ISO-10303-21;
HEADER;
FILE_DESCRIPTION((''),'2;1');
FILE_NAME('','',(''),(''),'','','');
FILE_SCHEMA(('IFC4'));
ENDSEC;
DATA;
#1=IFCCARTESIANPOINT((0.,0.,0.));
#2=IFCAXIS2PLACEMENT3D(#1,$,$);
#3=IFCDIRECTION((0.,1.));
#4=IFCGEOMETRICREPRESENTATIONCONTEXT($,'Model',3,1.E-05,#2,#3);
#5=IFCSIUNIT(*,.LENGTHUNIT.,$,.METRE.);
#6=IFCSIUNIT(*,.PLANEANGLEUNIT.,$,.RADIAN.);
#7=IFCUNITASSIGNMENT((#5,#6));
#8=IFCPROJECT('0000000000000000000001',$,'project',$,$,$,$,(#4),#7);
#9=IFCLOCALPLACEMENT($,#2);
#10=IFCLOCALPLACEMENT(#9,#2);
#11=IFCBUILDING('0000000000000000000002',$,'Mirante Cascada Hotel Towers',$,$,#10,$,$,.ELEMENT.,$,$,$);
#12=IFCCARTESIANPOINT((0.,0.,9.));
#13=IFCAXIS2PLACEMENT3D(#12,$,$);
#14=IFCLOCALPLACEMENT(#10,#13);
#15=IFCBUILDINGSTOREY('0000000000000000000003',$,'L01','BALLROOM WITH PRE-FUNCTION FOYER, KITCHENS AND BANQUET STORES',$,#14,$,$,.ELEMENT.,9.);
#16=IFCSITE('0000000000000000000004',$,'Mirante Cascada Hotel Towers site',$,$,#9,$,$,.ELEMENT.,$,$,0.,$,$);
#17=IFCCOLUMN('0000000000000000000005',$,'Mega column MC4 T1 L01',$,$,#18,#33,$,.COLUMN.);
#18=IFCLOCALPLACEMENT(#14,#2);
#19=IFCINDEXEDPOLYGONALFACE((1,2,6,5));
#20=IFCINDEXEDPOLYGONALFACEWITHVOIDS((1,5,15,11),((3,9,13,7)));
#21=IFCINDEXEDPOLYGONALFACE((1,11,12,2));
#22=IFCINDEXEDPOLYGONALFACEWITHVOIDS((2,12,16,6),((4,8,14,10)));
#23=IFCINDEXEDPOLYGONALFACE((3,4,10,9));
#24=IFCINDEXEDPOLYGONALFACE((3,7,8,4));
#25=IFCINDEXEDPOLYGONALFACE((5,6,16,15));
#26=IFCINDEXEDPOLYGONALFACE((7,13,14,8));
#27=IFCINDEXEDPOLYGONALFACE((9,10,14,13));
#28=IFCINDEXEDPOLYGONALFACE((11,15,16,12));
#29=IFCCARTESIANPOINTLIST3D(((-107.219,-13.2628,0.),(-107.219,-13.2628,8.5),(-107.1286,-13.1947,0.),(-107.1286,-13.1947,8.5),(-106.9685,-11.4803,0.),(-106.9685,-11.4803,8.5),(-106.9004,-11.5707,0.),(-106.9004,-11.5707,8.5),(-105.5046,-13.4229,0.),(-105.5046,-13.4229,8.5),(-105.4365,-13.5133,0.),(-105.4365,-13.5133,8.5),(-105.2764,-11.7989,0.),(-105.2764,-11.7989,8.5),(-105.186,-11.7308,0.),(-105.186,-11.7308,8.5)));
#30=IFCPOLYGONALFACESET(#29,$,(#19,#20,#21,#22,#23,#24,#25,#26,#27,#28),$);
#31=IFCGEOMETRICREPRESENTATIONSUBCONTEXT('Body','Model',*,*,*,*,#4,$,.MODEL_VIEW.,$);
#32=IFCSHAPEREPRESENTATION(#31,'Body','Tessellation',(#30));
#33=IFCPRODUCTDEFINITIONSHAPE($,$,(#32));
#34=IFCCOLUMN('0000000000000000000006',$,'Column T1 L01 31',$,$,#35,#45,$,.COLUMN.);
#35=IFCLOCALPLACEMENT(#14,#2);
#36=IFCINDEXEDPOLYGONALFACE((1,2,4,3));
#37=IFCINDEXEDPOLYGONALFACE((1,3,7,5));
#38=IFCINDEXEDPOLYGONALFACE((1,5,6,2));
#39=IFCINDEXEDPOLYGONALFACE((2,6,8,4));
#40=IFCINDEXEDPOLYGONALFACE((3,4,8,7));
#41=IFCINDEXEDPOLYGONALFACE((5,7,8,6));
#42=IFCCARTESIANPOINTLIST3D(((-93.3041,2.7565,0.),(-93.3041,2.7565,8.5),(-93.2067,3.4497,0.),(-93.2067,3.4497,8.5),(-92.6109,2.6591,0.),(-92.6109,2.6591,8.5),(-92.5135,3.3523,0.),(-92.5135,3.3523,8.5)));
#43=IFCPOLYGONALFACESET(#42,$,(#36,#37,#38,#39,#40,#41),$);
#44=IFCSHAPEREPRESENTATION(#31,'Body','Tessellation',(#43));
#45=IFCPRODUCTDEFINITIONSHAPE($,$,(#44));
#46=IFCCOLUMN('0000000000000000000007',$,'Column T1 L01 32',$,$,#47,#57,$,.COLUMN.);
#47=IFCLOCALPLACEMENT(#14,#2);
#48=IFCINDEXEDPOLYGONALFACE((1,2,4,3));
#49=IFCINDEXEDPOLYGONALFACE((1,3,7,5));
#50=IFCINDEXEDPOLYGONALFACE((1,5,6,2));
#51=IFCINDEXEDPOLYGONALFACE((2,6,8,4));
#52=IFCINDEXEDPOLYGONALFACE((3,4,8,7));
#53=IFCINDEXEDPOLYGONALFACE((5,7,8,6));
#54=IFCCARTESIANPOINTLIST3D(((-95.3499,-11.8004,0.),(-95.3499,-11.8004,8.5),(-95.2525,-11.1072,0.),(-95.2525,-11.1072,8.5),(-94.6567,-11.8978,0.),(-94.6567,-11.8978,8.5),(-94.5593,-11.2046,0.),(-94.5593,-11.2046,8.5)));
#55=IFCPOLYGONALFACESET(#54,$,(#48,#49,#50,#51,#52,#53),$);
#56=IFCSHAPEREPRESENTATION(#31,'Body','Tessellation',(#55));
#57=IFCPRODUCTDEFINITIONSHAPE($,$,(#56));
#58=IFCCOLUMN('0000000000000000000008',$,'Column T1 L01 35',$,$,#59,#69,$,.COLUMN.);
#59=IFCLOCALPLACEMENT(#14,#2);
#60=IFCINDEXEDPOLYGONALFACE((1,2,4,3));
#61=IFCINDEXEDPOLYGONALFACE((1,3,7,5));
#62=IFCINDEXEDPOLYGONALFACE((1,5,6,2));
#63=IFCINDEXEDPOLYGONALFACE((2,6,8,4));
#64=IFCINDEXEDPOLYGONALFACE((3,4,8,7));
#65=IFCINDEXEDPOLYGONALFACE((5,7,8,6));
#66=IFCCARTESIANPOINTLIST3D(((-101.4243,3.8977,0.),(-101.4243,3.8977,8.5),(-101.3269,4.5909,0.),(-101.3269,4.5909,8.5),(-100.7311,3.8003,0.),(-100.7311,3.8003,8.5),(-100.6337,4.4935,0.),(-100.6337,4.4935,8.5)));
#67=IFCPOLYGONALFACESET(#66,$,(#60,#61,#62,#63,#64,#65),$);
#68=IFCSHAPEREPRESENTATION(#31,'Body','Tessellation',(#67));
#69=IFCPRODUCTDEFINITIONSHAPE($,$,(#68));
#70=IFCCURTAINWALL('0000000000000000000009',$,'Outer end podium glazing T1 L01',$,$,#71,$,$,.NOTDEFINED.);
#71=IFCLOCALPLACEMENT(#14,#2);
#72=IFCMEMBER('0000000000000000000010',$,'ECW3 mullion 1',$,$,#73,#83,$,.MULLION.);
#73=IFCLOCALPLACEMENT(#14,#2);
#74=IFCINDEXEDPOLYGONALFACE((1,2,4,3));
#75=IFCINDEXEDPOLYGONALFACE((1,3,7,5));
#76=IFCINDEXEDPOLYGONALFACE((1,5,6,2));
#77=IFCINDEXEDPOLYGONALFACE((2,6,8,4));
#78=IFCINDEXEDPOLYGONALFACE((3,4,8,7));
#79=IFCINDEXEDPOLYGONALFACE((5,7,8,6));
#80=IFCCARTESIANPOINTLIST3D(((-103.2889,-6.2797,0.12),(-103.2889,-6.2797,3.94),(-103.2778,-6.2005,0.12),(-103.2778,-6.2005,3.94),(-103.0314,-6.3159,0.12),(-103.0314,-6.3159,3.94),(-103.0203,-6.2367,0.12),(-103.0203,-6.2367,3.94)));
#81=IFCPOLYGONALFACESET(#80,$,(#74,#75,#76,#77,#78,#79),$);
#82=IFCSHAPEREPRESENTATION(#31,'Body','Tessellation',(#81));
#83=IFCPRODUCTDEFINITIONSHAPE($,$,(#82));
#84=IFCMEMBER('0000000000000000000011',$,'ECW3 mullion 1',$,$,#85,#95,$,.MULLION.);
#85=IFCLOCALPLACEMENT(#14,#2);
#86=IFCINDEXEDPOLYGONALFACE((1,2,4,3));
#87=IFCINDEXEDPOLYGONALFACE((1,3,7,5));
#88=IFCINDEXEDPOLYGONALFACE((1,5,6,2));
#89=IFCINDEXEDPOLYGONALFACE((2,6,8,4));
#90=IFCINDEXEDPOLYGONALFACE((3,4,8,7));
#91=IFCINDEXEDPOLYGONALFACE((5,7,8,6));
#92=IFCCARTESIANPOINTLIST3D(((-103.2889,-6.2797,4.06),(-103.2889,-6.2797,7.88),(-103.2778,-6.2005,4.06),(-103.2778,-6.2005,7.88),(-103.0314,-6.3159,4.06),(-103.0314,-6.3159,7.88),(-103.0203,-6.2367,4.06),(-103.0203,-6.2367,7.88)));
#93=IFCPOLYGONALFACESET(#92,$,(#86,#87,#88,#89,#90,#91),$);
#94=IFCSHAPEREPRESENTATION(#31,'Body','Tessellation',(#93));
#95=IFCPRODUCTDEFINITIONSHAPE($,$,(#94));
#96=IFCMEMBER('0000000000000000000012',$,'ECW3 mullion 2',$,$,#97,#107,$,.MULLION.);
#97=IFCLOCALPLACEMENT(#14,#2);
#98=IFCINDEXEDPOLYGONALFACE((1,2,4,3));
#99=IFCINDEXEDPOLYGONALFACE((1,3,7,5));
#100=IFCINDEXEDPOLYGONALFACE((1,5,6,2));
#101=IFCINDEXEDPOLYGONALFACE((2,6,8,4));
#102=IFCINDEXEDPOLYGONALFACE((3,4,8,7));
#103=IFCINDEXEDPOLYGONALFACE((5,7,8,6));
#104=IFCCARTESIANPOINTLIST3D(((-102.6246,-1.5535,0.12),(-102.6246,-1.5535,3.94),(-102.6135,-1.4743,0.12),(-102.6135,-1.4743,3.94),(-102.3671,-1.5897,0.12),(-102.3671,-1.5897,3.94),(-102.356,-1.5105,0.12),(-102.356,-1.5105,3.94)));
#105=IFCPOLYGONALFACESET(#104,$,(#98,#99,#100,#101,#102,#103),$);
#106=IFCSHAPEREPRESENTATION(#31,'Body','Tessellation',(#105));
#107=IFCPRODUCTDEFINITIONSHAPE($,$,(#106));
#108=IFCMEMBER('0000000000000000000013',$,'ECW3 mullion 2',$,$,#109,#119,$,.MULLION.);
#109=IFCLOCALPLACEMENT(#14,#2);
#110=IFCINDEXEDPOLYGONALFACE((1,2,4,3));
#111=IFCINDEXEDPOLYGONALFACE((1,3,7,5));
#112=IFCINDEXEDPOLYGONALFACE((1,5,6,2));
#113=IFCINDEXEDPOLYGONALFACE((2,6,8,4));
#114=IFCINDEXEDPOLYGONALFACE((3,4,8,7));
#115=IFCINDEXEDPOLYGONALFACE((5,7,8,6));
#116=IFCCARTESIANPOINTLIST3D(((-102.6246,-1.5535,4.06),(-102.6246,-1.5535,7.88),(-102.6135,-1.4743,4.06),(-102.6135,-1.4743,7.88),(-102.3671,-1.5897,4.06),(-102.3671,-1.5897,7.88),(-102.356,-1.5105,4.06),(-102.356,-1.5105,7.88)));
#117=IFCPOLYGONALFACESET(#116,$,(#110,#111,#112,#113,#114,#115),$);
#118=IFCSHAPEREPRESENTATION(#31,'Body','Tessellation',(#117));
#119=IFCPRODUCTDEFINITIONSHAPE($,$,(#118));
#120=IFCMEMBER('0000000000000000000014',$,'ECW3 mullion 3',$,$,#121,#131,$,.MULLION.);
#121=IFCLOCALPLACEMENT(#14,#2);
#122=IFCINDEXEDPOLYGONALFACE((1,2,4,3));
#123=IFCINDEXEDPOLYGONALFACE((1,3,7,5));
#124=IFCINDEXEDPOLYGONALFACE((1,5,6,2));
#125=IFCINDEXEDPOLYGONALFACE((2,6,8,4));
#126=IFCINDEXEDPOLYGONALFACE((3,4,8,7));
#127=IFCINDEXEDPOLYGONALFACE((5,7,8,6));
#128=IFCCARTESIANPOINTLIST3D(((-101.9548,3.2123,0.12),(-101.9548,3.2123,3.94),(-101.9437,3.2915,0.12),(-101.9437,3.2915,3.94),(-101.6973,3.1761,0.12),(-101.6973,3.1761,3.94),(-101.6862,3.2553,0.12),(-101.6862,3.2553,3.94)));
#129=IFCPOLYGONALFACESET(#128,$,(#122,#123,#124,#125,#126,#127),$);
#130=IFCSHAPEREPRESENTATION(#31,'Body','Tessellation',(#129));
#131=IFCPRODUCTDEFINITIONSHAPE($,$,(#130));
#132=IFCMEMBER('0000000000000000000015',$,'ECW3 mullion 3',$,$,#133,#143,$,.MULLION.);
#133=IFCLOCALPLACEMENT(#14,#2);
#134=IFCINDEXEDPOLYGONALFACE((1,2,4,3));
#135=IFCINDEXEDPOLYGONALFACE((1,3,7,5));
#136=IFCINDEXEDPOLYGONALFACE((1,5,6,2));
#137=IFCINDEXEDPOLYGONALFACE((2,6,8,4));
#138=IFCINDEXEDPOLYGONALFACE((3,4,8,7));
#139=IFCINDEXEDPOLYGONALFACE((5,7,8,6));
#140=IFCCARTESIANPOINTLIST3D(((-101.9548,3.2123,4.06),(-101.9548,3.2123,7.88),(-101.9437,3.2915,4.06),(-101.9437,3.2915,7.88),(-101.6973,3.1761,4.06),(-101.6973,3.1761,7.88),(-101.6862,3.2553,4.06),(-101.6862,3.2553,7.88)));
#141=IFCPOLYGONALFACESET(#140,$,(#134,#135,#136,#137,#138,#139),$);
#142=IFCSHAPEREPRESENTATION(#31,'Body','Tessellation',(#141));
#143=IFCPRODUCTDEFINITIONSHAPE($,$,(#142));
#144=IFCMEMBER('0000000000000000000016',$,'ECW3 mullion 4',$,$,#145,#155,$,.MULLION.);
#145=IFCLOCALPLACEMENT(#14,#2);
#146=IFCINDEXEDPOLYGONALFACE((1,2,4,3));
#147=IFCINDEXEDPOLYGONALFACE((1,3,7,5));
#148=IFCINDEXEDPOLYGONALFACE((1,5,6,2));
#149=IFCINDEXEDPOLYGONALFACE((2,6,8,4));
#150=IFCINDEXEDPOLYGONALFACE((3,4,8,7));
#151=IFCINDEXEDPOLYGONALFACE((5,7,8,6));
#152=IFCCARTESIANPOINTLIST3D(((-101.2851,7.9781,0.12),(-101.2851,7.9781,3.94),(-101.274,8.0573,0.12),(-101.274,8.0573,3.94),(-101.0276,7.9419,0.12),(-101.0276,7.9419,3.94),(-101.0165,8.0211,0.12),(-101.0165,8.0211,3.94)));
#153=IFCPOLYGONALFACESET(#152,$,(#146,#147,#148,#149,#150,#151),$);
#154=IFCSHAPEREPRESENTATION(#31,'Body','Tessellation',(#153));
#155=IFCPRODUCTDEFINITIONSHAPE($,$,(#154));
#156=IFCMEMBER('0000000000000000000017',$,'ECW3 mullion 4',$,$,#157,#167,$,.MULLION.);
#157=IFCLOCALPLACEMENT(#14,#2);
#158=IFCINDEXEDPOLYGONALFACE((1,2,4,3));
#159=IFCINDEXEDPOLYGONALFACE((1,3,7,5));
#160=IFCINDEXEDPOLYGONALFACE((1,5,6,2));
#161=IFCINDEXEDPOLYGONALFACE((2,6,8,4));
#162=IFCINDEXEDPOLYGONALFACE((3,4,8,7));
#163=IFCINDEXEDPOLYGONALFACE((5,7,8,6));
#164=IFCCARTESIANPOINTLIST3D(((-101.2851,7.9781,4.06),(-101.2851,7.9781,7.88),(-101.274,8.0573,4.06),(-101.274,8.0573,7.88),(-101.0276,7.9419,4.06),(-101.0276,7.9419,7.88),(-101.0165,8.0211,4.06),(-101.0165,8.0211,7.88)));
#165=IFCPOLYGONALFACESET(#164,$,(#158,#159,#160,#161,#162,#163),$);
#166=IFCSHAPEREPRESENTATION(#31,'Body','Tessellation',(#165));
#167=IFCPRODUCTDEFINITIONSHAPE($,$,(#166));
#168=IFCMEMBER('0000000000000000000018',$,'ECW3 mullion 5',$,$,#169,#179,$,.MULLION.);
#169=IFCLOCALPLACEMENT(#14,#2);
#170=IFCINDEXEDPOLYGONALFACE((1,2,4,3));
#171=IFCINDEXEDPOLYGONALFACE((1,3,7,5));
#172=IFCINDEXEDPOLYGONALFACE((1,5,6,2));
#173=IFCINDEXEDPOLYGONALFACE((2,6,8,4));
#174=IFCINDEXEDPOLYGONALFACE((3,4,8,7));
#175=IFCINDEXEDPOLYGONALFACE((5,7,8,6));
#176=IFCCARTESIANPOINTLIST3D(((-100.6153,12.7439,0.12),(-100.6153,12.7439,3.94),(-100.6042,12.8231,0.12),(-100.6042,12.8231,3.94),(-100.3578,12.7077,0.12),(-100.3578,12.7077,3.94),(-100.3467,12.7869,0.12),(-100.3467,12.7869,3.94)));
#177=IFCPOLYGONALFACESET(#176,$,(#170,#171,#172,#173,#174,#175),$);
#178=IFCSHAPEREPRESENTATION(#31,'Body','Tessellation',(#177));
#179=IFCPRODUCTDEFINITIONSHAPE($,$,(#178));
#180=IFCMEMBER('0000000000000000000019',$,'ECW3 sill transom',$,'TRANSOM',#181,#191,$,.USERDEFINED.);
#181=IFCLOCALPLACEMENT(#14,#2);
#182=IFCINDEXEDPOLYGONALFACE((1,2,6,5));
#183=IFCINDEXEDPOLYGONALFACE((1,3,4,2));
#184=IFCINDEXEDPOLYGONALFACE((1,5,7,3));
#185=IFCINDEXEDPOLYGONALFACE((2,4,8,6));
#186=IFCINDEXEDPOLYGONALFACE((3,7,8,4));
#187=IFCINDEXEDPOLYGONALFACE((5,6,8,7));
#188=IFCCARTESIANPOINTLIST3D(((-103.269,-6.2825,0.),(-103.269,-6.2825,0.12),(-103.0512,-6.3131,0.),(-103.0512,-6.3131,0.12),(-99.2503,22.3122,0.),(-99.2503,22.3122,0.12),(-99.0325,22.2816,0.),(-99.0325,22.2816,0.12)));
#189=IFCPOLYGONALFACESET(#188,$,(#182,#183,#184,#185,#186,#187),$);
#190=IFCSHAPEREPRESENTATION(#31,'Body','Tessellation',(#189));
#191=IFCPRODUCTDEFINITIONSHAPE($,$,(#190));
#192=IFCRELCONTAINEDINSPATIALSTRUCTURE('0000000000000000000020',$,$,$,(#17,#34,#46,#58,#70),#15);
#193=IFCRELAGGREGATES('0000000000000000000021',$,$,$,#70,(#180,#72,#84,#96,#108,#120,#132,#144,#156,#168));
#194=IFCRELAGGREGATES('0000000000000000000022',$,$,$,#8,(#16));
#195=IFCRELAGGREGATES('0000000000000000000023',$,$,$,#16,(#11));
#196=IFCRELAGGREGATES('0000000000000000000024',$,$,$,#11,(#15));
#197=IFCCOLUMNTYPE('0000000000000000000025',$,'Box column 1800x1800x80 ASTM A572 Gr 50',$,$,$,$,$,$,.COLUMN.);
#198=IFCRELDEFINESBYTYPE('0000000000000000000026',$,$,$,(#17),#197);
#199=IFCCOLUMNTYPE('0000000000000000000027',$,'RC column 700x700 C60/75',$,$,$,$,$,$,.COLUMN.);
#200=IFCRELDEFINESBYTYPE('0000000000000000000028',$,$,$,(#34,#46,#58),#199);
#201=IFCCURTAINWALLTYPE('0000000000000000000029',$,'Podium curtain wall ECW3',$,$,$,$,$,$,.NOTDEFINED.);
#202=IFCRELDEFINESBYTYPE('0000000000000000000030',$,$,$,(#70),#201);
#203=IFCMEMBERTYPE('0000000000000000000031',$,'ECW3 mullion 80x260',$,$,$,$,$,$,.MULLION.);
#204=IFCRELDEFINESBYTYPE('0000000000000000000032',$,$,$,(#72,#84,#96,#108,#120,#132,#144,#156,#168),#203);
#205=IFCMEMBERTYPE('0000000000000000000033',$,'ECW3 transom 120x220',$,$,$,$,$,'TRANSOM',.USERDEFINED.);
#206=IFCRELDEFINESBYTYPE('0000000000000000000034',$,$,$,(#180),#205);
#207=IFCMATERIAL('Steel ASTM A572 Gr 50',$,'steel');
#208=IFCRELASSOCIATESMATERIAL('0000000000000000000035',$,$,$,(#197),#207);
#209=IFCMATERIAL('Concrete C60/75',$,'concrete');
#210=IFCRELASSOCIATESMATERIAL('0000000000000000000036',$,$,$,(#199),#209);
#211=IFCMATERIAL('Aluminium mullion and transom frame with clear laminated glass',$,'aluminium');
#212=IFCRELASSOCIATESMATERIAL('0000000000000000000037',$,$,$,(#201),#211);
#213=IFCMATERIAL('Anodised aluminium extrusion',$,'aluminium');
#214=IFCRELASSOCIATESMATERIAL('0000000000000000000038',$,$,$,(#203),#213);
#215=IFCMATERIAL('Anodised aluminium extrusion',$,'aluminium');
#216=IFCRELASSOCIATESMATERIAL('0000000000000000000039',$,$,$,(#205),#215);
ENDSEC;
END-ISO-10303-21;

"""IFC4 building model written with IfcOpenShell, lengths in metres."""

from ifc_helpers import new_model, si_unit, direction, frame, origin, origin_2d, place, context, subcontext, project, spatial, rectangle, hollow_rectangle, extrude, material, material_profile, profile_set, type_object, element, aggregate, save


model = new_model("IFC4")

# Units and contexts
model_context = context("Model", 3, precision=1e-05, world=origin(), true_north=direction((0.0, 1.0)))
body_context = subcontext(model_context, "Body", "Model", "MODEL_VIEW")
ifc_project = project(units=[si_unit("LENGTHUNIT", "METRE"), si_unit("PLANEANGLEUNIT", "RADIAN")], contexts=[model_context])

# Site, building, storey
site_placement = place(None, origin())
site = spatial("IfcSite", under=ifc_project, at=site_placement, Name="Mirante Cascada Hotel Towers site", CompositionType="ELEMENT", RefElevation=0.0)
building_placement = place(site_placement, origin())
building = spatial("IfcBuilding", under=site, at=building_placement, Name="Mirante Cascada Hotel Towers", CompositionType="ELEMENT")
storey_placement = place(building_placement, frame((0.0, 0.0, 9.0)))
storey = spatial("IfcBuildingStorey", under=building, at=storey_placement, Name="L01", Description="BALLROOM WITH PRE-FUNCTION FOYER, KITCHENS AND BANQUET STORES", CompositionType="ELEMENT", Elevation=9.0)

# Columns
ifc_material_1 = material(Name="Steel ASTM A572 Gr 50", Category="steel")
ifc_material_profile_1 = material_profile(ifc_material_1, hollow_rectangle(XDim=1.8, YDim=1.8, WallThickness=0.08, at=origin_2d()), Name="Box column 1800x1800x80 ASTM A572 Gr 50")
ifc_profile_set_1 = profile_set([ifc_material_profile_1], Name="Steel ASTM A572 Gr 50")
column_type_1 = type_object("IfcColumnType", Name="Box column 1800x1800x80 ASTM A572 Gr 50", PredefinedType="COLUMN", material=ifc_profile_set_1)
column_placement = place(storey_placement, frame((-106.2025, -12.4968, 0.0), z_axis=(0.0, 0.0, 1.0), x_axis=(-0.990268, 0.139173, 0.0)))
element("IfcColumn", 1, at=column_placement, inside=storey, type_object=column_type_1, Name="Mega column MC4 T1 L01", PredefinedType="COLUMN", context=body_context, shape_type="SweptSolid", body=[
    extrude(hollow_rectangle(XDim=1.8, YDim=1.8, WallThickness=0.08, at=origin_2d()), origin(), (0.0, 0.0, 1.0), 8.5),
])
ifc_material_2 = material(Name="Concrete C60/75", Category="concrete")
ifc_material_profile_2 = material_profile(ifc_material_2, rectangle(XDim=0.7, YDim=0.7, at=origin_2d()), Name="RC column 700x700 C60/75")
ifc_profile_set_2 = profile_set([ifc_material_profile_2], Name="Concrete C60/75")
column_type_2 = type_object("IfcColumnType", Name="RC column 700x700 C60/75", PredefinedType="COLUMN", material=ifc_profile_set_2)
for number, where, z_axis, x_axis, name in (
    (2, (-92.9088, 3.0544, 0.0), (0.0, 0.0, 1.0), (-0.990268, 0.139173, 0.0), "Column T1 L01 31"),
    (3, (-94.9546, -11.5025, 0.0), (0.0, 0.0, 1.0), (-0.990268, 0.139173, 0.0), "Column T1 L01 32"),
    (4, (-101.029, 4.1956, 0.0), (0.0, 0.0, 1.0), (-0.990268, 0.139173, 0.0), "Column T1 L01 35"),
):
    element("IfcColumn", number, at=place(storey_placement, frame(where, z_axis=z_axis, x_axis=x_axis)), inside=storey, type_object=column_type_2, Name=name, PredefinedType="COLUMN", context=body_context, shape_type="SweptSolid", body=[
        extrude(rectangle(XDim=0.7, YDim=0.7, at=origin_2d()), origin(), (0.0, 0.0, 1.0), 8.5),
    ])

# Curtain wall, members
ifc_material_3 = material(Name="Aluminium mullion and transom frame with clear laminated glass", Category="aluminium")
curtain_wall_type = type_object("IfcCurtainWallType", Name="Podium curtain wall ECW3", PredefinedType="NOTDEFINED", material=ifc_material_3)
curtain_wall_placement = place(storey_placement, origin())
curtain_wall = element("IfcCurtainWall", 5, at=curtain_wall_placement, inside=storey, type_object=curtain_wall_type, Name="Outer end podium glazing T1 L01", PredefinedType="NOTDEFINED")
ifc_material_4 = material(Name="Anodised aluminium extrusion", Category="aluminium")
ifc_material_profile_3 = material_profile(ifc_material_4, rectangle(XDim=0.26, YDim=0.08, at=origin_2d()), Name="ECW3 MULLION 80x260")
ifc_profile_set_3 = profile_set([ifc_material_profile_3], Name="Anodised aluminium extrusion")
member_type_1 = type_object("IfcMemberType", Name="ECW3 mullion 80x260", PredefinedType="MULLION", material=ifc_profile_set_3)
member_1_placement = place(storey_placement, frame((-103.1546, -6.2582, 0.12), z_axis=(0.0, 0.0, 1.0), x_axis=(-0.990268, 0.139173, 0.0)))
member_1 = element("IfcMember", 6, at=member_1_placement, type_object=member_type_1, Name="ECW3 mullion 1", PredefinedType="MULLION", context=body_context, shape_type="SweptSolid", body=[
    extrude(rectangle(XDim=0.26, YDim=0.08, at=origin_2d()), origin(), (0.0, 0.0, 1.0), 3.82),
])
member_2_placement = place(storey_placement, frame((-103.1546, -6.2582, 4.06), z_axis=(0.0, 0.0, 1.0), x_axis=(-0.990268, 0.139173, 0.0)))
member_2 = element("IfcMember", 7, at=member_2_placement, type_object=member_type_1, Name="ECW3 mullion 1", PredefinedType="MULLION", context=body_context, shape_type="SweptSolid", body=[
    extrude(rectangle(XDim=0.26, YDim=0.08, at=origin_2d()), origin(), (0.0, 0.0, 1.0), 3.82),
])
member_3_placement = place(storey_placement, frame((-102.4903, -1.532, 0.12), z_axis=(0.0, 0.0, 1.0), x_axis=(-0.990268, 0.139173, 0.0)))
member_3 = element("IfcMember", 8, at=member_3_placement, type_object=member_type_1, Name="ECW3 mullion 2", PredefinedType="MULLION", context=body_context, shape_type="SweptSolid", body=[
    extrude(rectangle(XDim=0.26, YDim=0.08, at=origin_2d()), origin(), (0.0, 0.0, 1.0), 3.82),
])
member_4_placement = place(storey_placement, frame((-102.4903, -1.532, 4.06), z_axis=(0.0, 0.0, 1.0), x_axis=(-0.990268, 0.139173, 0.0)))
member_4 = element("IfcMember", 9, at=member_4_placement, type_object=member_type_1, Name="ECW3 mullion 2", PredefinedType="MULLION", context=body_context, shape_type="SweptSolid", body=[
    extrude(rectangle(XDim=0.26, YDim=0.08, at=origin_2d()), origin(), (0.0, 0.0, 1.0), 3.82),
])
member_5_placement = place(storey_placement, frame((-101.8205, 3.2338, 0.12), z_axis=(0.0, 0.0, 1.0), x_axis=(-0.990268, 0.139173, 0.0)))
member_5 = element("IfcMember", 10, at=member_5_placement, type_object=member_type_1, Name="ECW3 mullion 3", PredefinedType="MULLION", context=body_context, shape_type="SweptSolid", body=[
    extrude(rectangle(XDim=0.26, YDim=0.08, at=origin_2d()), origin(), (0.0, 0.0, 1.0), 3.82),
])
member_6_placement = place(storey_placement, frame((-101.8205, 3.2338, 4.06), z_axis=(0.0, 0.0, 1.0), x_axis=(-0.990268, 0.139173, 0.0)))
member_6 = element("IfcMember", 11, at=member_6_placement, type_object=member_type_1, Name="ECW3 mullion 3", PredefinedType="MULLION", context=body_context, shape_type="SweptSolid", body=[
    extrude(rectangle(XDim=0.26, YDim=0.08, at=origin_2d()), origin(), (0.0, 0.0, 1.0), 3.82),
])
member_7_placement = place(storey_placement, frame((-101.1508, 7.9996, 0.12), z_axis=(0.0, 0.0, 1.0), x_axis=(-0.990268, 0.139173, 0.0)))
member_7 = element("IfcMember", 12, at=member_7_placement, type_object=member_type_1, Name="ECW3 mullion 4", PredefinedType="MULLION", context=body_context, shape_type="SweptSolid", body=[
    extrude(rectangle(XDim=0.26, YDim=0.08, at=origin_2d()), origin(), (0.0, 0.0, 1.0), 3.82),
])
member_8_placement = place(storey_placement, frame((-101.1508, 7.9996, 4.06), z_axis=(0.0, 0.0, 1.0), x_axis=(-0.990268, 0.139173, 0.0)))
member_8 = element("IfcMember", 13, at=member_8_placement, type_object=member_type_1, Name="ECW3 mullion 4", PredefinedType="MULLION", context=body_context, shape_type="SweptSolid", body=[
    extrude(rectangle(XDim=0.26, YDim=0.08, at=origin_2d()), origin(), (0.0, 0.0, 1.0), 3.82),
])
member_9_placement = place(storey_placement, frame((-100.481, 12.7654, 0.12), z_axis=(0.0, 0.0, 1.0), x_axis=(-0.990268, 0.139173, 0.0)))
member_9 = element("IfcMember", 14, at=member_9_placement, type_object=member_type_1, Name="ECW3 mullion 5", PredefinedType="MULLION", context=body_context, shape_type="SweptSolid", body=[
    extrude(rectangle(XDim=0.26, YDim=0.08, at=origin_2d()), origin(), (0.0, 0.0, 1.0), 3.82),
])
ifc_material_5 = material(Name="Anodised aluminium extrusion", Category="aluminium")
ifc_material_profile_4 = material_profile(ifc_material_5, rectangle(XDim=0.22, YDim=0.12, at=origin_2d()), Name="ECW3 TRANSOM 120x220")
ifc_profile_set_4 = profile_set([ifc_material_profile_4], Name="Anodised aluminium extrusion")
member_type_2 = type_object("IfcMemberType", Name="ECW3 transom 120x220", ElementType="TRANSOM", PredefinedType="USERDEFINED", material=ifc_profile_set_4)
member_10_placement = place(storey_placement, frame((-103.1601, -6.2978, 0.06), z_axis=(0.139172, 0.990268, 0.0), x_axis=(-0.990268, 0.139172, 0.0)))
member_10 = element("IfcMember", 15, at=member_10_placement, type_object=member_type_2, Name="ECW3 sill transom", ObjectType="TRANSOM", PredefinedType="USERDEFINED", context=body_context, shape_type="SweptSolid", body=[
    extrude(rectangle(XDim=0.22, YDim=0.12, at=origin_2d()), origin(), (0.0, 0.0, 1.0), 28.8757),
])
aggregate(curtain_wall, [member_10, member_1, member_2, member_3, member_4, member_5, member_6, member_7, member_8, member_9])

save(model, "model.ifc")
